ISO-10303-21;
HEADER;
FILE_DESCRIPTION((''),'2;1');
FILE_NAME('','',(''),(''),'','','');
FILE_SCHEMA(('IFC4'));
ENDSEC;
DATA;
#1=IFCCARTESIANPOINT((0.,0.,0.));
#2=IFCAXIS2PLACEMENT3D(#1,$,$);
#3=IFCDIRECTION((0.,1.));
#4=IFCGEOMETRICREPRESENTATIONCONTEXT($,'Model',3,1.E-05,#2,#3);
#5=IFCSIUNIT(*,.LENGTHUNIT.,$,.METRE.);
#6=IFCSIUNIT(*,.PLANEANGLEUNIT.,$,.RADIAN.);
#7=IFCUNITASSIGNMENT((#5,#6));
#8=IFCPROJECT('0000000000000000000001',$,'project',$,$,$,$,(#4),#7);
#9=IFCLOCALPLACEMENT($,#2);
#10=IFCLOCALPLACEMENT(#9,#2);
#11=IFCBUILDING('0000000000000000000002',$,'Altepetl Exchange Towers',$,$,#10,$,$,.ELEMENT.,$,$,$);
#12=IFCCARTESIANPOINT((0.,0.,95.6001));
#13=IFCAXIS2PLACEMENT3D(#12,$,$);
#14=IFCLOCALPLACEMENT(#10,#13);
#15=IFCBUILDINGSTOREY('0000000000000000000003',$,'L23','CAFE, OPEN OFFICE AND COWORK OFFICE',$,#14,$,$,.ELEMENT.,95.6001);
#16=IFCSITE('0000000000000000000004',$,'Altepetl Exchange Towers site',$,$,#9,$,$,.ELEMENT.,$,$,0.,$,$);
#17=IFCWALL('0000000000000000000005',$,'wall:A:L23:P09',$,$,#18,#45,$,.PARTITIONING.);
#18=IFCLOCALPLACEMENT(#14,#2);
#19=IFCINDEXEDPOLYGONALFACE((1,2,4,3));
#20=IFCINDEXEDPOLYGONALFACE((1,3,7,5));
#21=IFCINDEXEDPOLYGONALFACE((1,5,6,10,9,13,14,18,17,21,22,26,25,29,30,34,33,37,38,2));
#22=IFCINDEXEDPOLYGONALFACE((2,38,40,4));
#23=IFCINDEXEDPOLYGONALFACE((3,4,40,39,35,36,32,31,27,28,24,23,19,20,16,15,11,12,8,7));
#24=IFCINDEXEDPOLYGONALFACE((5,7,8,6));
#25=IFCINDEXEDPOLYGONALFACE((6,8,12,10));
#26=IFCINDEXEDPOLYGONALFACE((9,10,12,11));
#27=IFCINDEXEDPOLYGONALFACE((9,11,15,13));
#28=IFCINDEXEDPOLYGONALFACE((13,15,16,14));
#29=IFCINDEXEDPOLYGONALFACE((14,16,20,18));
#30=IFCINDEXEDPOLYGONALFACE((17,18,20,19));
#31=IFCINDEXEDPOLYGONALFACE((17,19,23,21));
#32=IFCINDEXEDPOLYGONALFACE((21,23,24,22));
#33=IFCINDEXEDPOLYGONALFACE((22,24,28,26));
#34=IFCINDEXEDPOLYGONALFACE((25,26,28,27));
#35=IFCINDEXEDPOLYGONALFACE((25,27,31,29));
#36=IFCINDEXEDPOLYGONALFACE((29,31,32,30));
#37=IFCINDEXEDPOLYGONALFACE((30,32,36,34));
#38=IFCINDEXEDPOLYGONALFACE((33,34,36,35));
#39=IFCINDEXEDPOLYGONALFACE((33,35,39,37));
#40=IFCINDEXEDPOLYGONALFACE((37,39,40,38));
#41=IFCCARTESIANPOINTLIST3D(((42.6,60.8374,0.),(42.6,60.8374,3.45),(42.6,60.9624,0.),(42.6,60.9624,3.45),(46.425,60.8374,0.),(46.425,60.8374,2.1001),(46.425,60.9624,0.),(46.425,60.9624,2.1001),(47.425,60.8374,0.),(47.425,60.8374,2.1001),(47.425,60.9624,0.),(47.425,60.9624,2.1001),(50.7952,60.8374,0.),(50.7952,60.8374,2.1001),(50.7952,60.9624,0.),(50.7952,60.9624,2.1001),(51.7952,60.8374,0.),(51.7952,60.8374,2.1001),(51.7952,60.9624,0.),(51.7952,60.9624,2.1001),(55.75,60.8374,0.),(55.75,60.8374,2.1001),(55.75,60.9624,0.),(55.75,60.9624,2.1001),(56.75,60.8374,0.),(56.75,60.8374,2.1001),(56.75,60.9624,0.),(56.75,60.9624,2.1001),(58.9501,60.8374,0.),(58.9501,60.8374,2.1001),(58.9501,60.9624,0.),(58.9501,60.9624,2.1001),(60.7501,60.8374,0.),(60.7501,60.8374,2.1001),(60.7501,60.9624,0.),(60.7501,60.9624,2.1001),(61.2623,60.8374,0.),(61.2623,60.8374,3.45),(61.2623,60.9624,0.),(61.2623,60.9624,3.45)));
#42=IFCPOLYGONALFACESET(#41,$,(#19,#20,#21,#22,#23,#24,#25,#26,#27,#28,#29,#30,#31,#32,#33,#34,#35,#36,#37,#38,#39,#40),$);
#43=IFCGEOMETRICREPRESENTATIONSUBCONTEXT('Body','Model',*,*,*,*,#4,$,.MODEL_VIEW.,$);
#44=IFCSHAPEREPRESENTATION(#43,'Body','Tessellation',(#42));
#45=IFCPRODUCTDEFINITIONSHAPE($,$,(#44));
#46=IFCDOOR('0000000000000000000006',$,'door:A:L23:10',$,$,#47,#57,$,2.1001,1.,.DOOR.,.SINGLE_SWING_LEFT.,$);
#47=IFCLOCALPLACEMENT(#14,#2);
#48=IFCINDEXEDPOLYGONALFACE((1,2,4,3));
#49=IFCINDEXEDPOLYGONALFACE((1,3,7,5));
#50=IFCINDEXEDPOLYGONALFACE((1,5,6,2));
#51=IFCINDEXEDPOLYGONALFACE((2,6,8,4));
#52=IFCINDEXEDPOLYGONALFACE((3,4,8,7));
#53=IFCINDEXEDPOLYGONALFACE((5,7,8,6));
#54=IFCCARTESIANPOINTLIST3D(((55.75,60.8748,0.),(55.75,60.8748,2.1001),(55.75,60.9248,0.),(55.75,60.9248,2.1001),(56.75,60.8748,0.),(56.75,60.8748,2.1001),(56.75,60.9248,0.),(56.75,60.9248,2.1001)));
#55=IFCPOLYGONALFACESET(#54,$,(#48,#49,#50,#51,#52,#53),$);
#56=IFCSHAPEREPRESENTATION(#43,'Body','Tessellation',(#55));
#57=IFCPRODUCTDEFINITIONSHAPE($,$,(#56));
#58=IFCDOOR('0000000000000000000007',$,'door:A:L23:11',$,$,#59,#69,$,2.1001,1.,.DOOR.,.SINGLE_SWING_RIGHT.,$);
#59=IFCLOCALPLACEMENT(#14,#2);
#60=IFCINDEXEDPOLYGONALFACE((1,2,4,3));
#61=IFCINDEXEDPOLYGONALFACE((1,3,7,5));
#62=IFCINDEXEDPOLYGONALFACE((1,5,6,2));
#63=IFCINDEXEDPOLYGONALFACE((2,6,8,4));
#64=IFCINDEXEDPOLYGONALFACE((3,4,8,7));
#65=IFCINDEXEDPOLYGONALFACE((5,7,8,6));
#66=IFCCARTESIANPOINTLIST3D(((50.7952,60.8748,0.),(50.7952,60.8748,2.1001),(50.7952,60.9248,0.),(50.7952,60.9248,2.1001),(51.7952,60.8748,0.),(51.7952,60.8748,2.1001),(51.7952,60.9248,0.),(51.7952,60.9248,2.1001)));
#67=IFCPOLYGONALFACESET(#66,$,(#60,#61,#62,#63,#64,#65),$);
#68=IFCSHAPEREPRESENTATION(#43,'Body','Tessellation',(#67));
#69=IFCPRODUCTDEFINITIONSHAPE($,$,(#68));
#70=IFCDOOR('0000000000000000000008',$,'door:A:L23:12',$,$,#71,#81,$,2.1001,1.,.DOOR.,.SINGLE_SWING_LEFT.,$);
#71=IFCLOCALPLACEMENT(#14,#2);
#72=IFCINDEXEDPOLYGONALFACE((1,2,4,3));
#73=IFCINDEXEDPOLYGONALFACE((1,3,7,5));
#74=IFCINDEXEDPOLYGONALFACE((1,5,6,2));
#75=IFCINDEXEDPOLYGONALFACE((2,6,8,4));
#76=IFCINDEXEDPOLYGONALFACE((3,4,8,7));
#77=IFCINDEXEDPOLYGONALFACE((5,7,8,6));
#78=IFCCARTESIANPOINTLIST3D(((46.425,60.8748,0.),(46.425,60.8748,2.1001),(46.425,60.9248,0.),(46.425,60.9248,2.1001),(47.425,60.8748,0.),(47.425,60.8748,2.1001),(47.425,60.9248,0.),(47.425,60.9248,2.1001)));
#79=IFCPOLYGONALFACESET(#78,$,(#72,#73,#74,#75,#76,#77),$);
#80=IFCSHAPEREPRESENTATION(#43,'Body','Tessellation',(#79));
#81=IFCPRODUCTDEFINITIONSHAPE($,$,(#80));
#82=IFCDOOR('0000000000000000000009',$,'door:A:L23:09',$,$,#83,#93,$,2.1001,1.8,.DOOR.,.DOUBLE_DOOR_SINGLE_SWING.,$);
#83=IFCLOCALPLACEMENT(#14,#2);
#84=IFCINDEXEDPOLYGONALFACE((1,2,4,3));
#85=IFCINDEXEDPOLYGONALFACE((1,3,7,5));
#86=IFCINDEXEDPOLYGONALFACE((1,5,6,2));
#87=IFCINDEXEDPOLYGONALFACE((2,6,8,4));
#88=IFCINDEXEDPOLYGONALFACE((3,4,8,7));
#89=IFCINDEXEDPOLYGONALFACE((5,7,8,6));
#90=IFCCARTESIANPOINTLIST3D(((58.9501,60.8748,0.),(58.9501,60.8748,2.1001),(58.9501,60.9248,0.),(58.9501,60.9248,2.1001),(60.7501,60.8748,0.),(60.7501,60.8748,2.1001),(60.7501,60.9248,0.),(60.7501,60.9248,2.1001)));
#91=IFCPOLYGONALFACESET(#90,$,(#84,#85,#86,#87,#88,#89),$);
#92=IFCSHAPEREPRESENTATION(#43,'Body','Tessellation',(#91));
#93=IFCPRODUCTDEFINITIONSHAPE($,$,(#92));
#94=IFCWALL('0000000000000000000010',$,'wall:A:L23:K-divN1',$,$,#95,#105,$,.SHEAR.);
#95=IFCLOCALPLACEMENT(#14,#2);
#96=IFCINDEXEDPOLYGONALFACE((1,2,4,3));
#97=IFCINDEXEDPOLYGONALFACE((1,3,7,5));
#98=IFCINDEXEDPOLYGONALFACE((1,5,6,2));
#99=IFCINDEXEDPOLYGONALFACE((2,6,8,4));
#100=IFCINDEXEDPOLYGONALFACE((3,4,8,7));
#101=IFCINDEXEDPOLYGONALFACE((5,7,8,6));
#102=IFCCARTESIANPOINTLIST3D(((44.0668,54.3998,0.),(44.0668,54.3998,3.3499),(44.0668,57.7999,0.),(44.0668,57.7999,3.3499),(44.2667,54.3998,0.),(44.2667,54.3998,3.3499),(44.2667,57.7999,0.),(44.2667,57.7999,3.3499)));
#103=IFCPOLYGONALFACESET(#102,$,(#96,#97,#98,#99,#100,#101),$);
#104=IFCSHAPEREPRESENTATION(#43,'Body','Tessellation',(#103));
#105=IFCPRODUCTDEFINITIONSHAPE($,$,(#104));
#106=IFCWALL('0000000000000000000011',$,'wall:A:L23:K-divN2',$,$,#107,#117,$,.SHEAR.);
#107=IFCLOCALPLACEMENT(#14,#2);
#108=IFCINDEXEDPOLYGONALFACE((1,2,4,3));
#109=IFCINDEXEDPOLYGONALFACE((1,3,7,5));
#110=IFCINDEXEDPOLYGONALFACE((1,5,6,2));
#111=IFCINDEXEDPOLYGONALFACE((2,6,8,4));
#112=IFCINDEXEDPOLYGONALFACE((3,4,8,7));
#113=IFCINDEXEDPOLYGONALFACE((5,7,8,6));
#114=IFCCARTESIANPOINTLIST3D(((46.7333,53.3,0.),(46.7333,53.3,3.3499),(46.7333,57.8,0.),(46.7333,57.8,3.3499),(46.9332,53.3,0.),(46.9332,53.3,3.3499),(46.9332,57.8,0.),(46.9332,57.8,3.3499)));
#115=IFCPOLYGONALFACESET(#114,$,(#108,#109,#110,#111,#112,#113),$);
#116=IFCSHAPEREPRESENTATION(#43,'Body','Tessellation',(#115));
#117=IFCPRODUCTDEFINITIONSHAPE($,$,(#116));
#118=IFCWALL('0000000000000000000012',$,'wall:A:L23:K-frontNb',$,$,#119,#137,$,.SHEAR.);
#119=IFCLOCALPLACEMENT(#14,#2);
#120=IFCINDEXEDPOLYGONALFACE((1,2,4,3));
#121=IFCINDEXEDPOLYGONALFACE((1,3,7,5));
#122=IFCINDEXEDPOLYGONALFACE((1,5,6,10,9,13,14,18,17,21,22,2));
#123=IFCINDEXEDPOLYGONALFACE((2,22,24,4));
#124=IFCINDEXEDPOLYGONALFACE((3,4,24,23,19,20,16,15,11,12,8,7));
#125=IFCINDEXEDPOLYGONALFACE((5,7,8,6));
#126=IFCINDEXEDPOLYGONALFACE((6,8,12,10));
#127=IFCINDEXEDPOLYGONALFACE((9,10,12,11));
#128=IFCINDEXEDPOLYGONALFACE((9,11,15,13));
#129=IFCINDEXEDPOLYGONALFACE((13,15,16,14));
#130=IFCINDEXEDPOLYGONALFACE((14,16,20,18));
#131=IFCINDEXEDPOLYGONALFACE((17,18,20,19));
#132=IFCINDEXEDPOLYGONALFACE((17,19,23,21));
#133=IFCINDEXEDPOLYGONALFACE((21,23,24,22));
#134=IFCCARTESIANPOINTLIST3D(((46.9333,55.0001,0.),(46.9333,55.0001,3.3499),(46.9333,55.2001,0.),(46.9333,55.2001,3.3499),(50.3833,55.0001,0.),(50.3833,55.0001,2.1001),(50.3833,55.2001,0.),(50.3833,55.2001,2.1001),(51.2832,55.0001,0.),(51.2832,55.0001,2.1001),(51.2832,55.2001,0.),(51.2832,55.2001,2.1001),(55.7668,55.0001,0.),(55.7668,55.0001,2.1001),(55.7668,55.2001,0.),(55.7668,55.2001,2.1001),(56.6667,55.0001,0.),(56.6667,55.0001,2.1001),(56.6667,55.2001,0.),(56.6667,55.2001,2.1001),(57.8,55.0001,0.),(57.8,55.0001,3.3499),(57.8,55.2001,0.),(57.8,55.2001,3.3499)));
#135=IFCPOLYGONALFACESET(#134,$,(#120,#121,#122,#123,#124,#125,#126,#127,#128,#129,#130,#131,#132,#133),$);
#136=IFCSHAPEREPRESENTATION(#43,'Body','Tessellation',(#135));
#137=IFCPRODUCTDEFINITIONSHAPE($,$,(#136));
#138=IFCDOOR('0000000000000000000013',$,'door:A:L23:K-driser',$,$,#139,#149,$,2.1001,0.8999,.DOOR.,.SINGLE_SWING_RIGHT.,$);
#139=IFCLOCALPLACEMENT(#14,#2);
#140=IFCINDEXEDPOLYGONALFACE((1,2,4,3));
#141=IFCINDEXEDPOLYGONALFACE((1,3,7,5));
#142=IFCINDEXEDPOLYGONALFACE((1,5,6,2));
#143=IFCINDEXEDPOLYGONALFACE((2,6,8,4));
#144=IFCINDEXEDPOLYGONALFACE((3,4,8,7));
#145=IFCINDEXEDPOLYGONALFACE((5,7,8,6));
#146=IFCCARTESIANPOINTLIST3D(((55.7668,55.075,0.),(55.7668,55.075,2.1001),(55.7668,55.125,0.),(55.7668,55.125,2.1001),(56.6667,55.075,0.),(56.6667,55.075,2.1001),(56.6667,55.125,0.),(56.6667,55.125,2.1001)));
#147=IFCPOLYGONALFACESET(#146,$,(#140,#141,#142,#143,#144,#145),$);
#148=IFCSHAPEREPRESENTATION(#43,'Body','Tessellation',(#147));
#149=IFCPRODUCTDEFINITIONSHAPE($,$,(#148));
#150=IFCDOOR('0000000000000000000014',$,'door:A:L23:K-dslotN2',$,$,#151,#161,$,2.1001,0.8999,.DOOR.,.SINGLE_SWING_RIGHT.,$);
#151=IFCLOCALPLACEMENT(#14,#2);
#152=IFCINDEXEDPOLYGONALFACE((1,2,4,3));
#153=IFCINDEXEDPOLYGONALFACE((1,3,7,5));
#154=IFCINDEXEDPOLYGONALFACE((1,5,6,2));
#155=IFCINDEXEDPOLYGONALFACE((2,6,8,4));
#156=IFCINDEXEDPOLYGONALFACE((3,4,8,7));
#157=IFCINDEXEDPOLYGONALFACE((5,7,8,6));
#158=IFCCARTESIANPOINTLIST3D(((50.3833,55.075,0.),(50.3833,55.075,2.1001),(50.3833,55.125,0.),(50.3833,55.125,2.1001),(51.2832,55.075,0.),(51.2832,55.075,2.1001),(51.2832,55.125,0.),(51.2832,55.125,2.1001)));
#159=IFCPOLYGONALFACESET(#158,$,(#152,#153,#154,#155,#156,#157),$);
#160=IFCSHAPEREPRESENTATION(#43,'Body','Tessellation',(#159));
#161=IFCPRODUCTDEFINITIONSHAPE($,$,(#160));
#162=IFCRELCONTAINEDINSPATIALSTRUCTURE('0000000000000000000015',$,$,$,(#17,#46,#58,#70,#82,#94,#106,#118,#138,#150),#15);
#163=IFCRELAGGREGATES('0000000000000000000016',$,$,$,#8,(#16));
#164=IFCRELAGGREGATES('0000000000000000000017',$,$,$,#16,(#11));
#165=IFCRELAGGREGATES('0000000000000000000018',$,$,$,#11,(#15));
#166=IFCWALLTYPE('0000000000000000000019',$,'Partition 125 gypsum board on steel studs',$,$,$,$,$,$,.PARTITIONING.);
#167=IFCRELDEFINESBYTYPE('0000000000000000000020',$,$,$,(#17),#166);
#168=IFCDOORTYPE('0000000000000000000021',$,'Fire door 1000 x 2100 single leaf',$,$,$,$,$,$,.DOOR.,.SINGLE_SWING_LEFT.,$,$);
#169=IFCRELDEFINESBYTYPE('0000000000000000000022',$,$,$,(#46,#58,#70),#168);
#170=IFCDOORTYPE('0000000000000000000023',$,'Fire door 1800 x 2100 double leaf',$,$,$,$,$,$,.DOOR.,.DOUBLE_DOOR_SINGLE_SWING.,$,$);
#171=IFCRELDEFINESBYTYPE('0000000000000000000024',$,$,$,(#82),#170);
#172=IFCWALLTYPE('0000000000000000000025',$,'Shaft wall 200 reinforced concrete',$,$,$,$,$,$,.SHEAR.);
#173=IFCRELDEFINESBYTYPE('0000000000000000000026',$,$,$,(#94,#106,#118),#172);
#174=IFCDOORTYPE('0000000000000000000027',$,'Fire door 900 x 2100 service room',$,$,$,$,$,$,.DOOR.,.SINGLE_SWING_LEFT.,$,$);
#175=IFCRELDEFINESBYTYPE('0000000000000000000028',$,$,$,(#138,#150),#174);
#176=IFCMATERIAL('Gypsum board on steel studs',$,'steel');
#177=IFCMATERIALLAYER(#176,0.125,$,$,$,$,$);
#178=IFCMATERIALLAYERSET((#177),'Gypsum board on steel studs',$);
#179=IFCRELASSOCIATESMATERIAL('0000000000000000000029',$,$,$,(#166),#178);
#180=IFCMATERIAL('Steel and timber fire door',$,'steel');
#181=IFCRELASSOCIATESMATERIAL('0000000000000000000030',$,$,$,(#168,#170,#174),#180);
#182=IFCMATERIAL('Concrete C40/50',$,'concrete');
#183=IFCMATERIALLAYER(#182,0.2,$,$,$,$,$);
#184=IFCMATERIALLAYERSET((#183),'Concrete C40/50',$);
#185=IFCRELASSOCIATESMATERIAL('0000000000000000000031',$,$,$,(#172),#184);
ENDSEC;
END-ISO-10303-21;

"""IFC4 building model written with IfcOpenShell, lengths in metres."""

from ifc_helpers import new_model, si_unit, direction, frame, frame_2d, origin, place, context, subcontext, project, spatial, rectangle, extrude, material, layer, layer_set, type_object, element, fill, save


model = new_model("IFC4")

# Units and contexts
model_context = context("Model", 3, precision=1e-05, world=origin(), true_north=direction((0.0, 1.0)))
body_context = subcontext(model_context, "Body", "Model", "MODEL_VIEW")
ifc_project = project(units=[si_unit("LENGTHUNIT", "METRE"), si_unit("PLANEANGLEUNIT", "RADIAN")], contexts=[model_context])

# Site, building, storey
site_placement = place(None, origin())
site = spatial("IfcSite", under=ifc_project, at=site_placement, Name="Altepetl Exchange Towers site", CompositionType="ELEMENT", RefElevation=0.0)
building_placement = place(site_placement, origin())
building = spatial("IfcBuilding", under=site, at=building_placement, Name="Altepetl Exchange Towers", CompositionType="ELEMENT")
storey_placement = place(building_placement, frame((0.0, 0.0, 95.6001)))
storey = spatial("IfcBuildingStorey", under=building, at=storey_placement, Name="L23", Description="CAFE, OPEN OFFICE AND COWORK OFFICE", CompositionType="ELEMENT", Elevation=95.6001)

# Shared definitions
ifc_material_1 = material(Name="Steel and timber fire door", Category="steel")

# Wall, openings, doors
ifc_material_2 = material(Name="Gypsum board on steel studs", Category="steel")
ifc_layer_1 = layer(ifc_material_2, 0.125)
ifc_layer_set_1 = layer_set([ifc_layer_1], Name="Gypsum board on steel studs")
wall_type_1 = type_object("IfcWallType", Name="Partition 125 gypsum board on steel studs", PredefinedType="PARTITIONING", material=ifc_layer_set_1)
wall_1_placement = place(storey_placement, frame((42.6001, 60.8999, 0.0)))
wall_1 = element("IfcWall", 1, at=wall_1_placement, inside=storey, type_object=wall_type_1, Name="wall:A:L23:P09", PredefinedType="PARTITIONING", context=body_context, shape_type="SweptSolid", body=[
    extrude(rectangle(XDim=18.6624, YDim=0.125, at=frame_2d((9.3311, 0.0))), origin(), (0.0, 0.0, 1.0), 3.45),
])
opening_1_placement = place(wall_1_placement, frame((16.3501, 0.0, 0.0)))
opening_1 = element("IfcOpeningElement", 2, at=opening_1_placement, cuts=wall_1, PredefinedType="OPENING", context=body_context, shape_type="SweptSolid", body=[
    extrude(rectangle(XDim=1.8, YDim=2.1001, at=frame_2d((0.8999, 1.05))), frame((0.0, 0.0725, 0.0), z_axis=(0.0, -1.0, 0.0), x_axis=(1.0, 0.0, 0.0)), (0.0, 0.0, 1.0), 0.145),
])
opening_2_placement = place(wall_1_placement, frame((13.1499, 0.0, 0.0)))
opening_2 = element("IfcOpeningElement", 3, at=opening_2_placement, cuts=wall_1, PredefinedType="OPENING", context=body_context, shape_type="SweptSolid", body=[
    extrude(rectangle(XDim=1.0, YDim=2.1001, at=frame_2d((0.5, 1.05))), frame((0.0, 0.0725, 0.0), z_axis=(0.0, -1.0, 0.0), x_axis=(1.0, 0.0, 0.0)), (0.0, 0.0, 1.0), 0.145),
])
opening_3_placement = place(wall_1_placement, frame((8.1951, 0.0, 0.0)))
opening_3 = element("IfcOpeningElement", 4, at=opening_3_placement, cuts=wall_1, PredefinedType="OPENING", context=body_context, shape_type="SweptSolid", body=[
    extrude(rectangle(XDim=1.0, YDim=2.1001, at=frame_2d((0.5, 1.05))), frame((0.0, 0.0725, 0.0), z_axis=(0.0, -1.0, 0.0), x_axis=(1.0, 0.0, 0.0)), (0.0, 0.0, 1.0), 0.145),
])
opening_4_placement = place(wall_1_placement, frame((3.825, 0.0, 0.0)))
opening_4 = element("IfcOpeningElement", 5, at=opening_4_placement, cuts=wall_1, PredefinedType="OPENING", context=body_context, shape_type="SweptSolid", body=[
    extrude(rectangle(XDim=1.0, YDim=2.1001, at=frame_2d((0.5, 1.05))), frame((0.0, 0.0725, 0.0), z_axis=(0.0, -1.0, 0.0), x_axis=(1.0, 0.0, 0.0)), (0.0, 0.0, 1.0), 0.145),
])
door_type_1 = type_object("IfcDoorType", Name="Fire door 1000 x 2100 single leaf", OperationType="SINGLE_SWING_LEFT", PredefinedType="DOOR", material=ifc_material_1)
door_1_placement = place(opening_2_placement, origin())
door_1 = element("IfcDoor", 6, at=door_1_placement, inside=storey, type_object=door_type_1, Name="door:A:L23:10", OperationType="SINGLE_SWING_LEFT", OverallHeight=2.1001, OverallWidth=1.0, PredefinedType="DOOR", context=body_context, shape_type="SweptSolid", body=[
    extrude(rectangle(XDim=1.0, YDim=2.1001, at=frame_2d((0.5, 1.05))), frame((0.0, 0.0249, 0.0), z_axis=(0.0, -1.0, 0.0), x_axis=(1.0, 0.0, 0.0)), (0.0, 0.0, 1.0), 0.05),
])
fill(opening_2, door_1)
door_2_placement = place(opening_3_placement, origin())
door_2 = element("IfcDoor", 7, at=door_2_placement, inside=storey, type_object=door_type_1, Name="door:A:L23:11", OperationType="SINGLE_SWING_RIGHT", OverallHeight=2.1001, OverallWidth=1.0, PredefinedType="DOOR", context=body_context, shape_type="SweptSolid", body=[
    extrude(rectangle(XDim=1.0, YDim=2.1001, at=frame_2d((0.5, 1.05))), frame((0.0, 0.0249, 0.0), z_axis=(0.0, -1.0, 0.0), x_axis=(1.0, 0.0, 0.0)), (0.0, 0.0, 1.0), 0.05),
])
fill(opening_3, door_2)
door_3_placement = place(opening_4_placement, origin())
door_3 = element("IfcDoor", 8, at=door_3_placement, inside=storey, type_object=door_type_1, Name="door:A:L23:12", OperationType="SINGLE_SWING_LEFT", OverallHeight=2.1001, OverallWidth=1.0, PredefinedType="DOOR", context=body_context, shape_type="SweptSolid", body=[
    extrude(rectangle(XDim=1.0, YDim=2.1001, at=frame_2d((0.5, 1.05))), frame((0.0, 0.0249, 0.0), z_axis=(0.0, -1.0, 0.0), x_axis=(1.0, 0.0, 0.0)), (0.0, 0.0, 1.0), 0.05),
])
fill(opening_4, door_3)
door_type_2 = type_object("IfcDoorType", Name="Fire door 1800 x 2100 double leaf", OperationType="DOUBLE_DOOR_SINGLE_SWING", PredefinedType="DOOR", material=ifc_material_1)
door_4_placement = place(opening_1_placement, origin())
door_4 = element("IfcDoor", 9, at=door_4_placement, inside=storey, type_object=door_type_2, Name="door:A:L23:09", OperationType="DOUBLE_DOOR_SINGLE_SWING", OverallHeight=2.1001, OverallWidth=1.8, PredefinedType="DOOR", context=body_context, shape_type="SweptSolid", body=[
    extrude(rectangle(XDim=1.8, YDim=2.1001, at=frame_2d((0.8999, 1.05))), frame((0.0, 0.0249, 0.0), z_axis=(0.0, -1.0, 0.0), x_axis=(1.0, 0.0, 0.0)), (0.0, 0.0, 1.0), 0.05),
])
fill(opening_1, door_4)

# Walls
ifc_material_3 = material(Name="Concrete C40/50", Category="concrete")
ifc_layer_2 = layer(ifc_material_3, 0.2)
ifc_layer_set_2 = layer_set([ifc_layer_2], Name="Concrete C40/50")
wall_type_2 = type_object("IfcWallType", Name="Shaft wall 200 reinforced concrete", PredefinedType="SHEAR", material=ifc_layer_set_2)
wall_2_placement = place(storey_placement, frame((44.1667, 57.8, 0.0), z_axis=(0.0, 0.0, 1.0), x_axis=(0.0, -1.0, 0.0)))
element("IfcWall", 10, at=wall_2_placement, inside=storey, type_object=wall_type_2, Name="wall:A:L23:K-divN1", PredefinedType="SHEAR", context=body_context, shape_type="SweptSolid", body=[
    extrude(rectangle(XDim=3.4001, YDim=0.2, at=frame_2d((1.7002, 0.0))), origin(), (0.0, 0.0, 1.0), 3.3499),
])
wall_3_placement = place(storey_placement, frame((46.8333, 57.8, 0.0), z_axis=(0.0, 0.0, 1.0), x_axis=(0.0, -1.0, 0.0)))
element("IfcWall", 11, at=wall_3_placement, inside=storey, type_object=wall_type_2, Name="wall:A:L23:K-divN2", PredefinedType="SHEAR", context=body_context, shape_type="SweptSolid", body=[
    extrude(rectangle(XDim=4.5, YDim=0.2, at=frame_2d((2.25, 0.0))), origin(), (0.0, 0.0, 1.0), 3.3499),
])

# Wall, openings, doors
wall_4_placement = place(storey_placement, frame((46.9333, 55.1001, 0.0)))
wall_4 = element("IfcWall", 12, at=wall_4_placement, inside=storey, type_object=wall_type_2, Name="wall:A:L23:K-frontNb", PredefinedType="SHEAR", context=body_context, shape_type="SweptSolid", body=[
    extrude(rectangle(XDim=10.8667, YDim=0.2, at=frame_2d((5.4333, 0.0))), origin(), (0.0, 0.0, 1.0), 3.3499),
])
opening_5_placement = place(wall_4_placement, frame((8.8335, 0.0, 0.0)))
opening_5 = element("IfcOpeningElement", 13, at=opening_5_placement, cuts=wall_4, PredefinedType="OPENING", context=body_context, shape_type="SweptSolid", body=[
    extrude(rectangle(XDim=0.8999, YDim=2.1001, at=frame_2d((0.45, 1.05))), frame((0.0, 0.1099, 0.0), z_axis=(0.0, -1.0, 0.0), x_axis=(1.0, 0.0, 0.0)), (0.0, 0.0, 1.0), 0.22),
])
opening_6_placement = place(wall_4_placement, frame((3.45, 0.0, 0.0)))
opening_6 = element("IfcOpeningElement", 14, at=opening_6_placement, cuts=wall_4, PredefinedType="OPENING", context=body_context, shape_type="SweptSolid", body=[
    extrude(rectangle(XDim=0.8999, YDim=2.1001, at=frame_2d((0.45, 1.05))), frame((0.0, 0.1099, 0.0), z_axis=(0.0, -1.0, 0.0), x_axis=(1.0, 0.0, 0.0)), (0.0, 0.0, 1.0), 0.22),
])
door_type_3 = type_object("IfcDoorType", Name="Fire door 900 x 2100 service room", OperationType="SINGLE_SWING_LEFT", PredefinedType="DOOR", material=ifc_material_1)
door_5_placement = place(opening_5_placement, origin())
door_5 = element("IfcDoor", 15, at=door_5_placement, inside=storey, type_object=door_type_3, Name="door:A:L23:K-driser", OperationType="SINGLE_SWING_RIGHT", OverallHeight=2.1001, OverallWidth=0.8999, PredefinedType="DOOR", context=body_context, shape_type="SweptSolid", body=[
    extrude(rectangle(XDim=0.8999, YDim=2.1001, at=frame_2d((0.45, 1.05))), frame((0.0, 0.0249, 0.0), z_axis=(0.0, -1.0, 0.0), x_axis=(1.0, 0.0, 0.0)), (0.0, 0.0, 1.0), 0.05),
])
fill(opening_5, door_5)
door_6_placement = place(opening_6_placement, origin())
door_6 = element("IfcDoor", 16, at=door_6_placement, inside=storey, type_object=door_type_3, Name="door:A:L23:K-dslotN2", OperationType="SINGLE_SWING_RIGHT", OverallHeight=2.1001, OverallWidth=0.8999, PredefinedType="DOOR", context=body_context, shape_type="SweptSolid", body=[
    extrude(rectangle(XDim=0.8999, YDim=2.1001, at=frame_2d((0.45, 1.05))), frame((0.0, 0.0249, 0.0), z_axis=(0.0, -1.0, 0.0), x_axis=(1.0, 0.0, 0.0)), (0.0, 0.0, 1.0), 0.05),
])
fill(opening_6, door_6)

save(model, "model.ifc")
